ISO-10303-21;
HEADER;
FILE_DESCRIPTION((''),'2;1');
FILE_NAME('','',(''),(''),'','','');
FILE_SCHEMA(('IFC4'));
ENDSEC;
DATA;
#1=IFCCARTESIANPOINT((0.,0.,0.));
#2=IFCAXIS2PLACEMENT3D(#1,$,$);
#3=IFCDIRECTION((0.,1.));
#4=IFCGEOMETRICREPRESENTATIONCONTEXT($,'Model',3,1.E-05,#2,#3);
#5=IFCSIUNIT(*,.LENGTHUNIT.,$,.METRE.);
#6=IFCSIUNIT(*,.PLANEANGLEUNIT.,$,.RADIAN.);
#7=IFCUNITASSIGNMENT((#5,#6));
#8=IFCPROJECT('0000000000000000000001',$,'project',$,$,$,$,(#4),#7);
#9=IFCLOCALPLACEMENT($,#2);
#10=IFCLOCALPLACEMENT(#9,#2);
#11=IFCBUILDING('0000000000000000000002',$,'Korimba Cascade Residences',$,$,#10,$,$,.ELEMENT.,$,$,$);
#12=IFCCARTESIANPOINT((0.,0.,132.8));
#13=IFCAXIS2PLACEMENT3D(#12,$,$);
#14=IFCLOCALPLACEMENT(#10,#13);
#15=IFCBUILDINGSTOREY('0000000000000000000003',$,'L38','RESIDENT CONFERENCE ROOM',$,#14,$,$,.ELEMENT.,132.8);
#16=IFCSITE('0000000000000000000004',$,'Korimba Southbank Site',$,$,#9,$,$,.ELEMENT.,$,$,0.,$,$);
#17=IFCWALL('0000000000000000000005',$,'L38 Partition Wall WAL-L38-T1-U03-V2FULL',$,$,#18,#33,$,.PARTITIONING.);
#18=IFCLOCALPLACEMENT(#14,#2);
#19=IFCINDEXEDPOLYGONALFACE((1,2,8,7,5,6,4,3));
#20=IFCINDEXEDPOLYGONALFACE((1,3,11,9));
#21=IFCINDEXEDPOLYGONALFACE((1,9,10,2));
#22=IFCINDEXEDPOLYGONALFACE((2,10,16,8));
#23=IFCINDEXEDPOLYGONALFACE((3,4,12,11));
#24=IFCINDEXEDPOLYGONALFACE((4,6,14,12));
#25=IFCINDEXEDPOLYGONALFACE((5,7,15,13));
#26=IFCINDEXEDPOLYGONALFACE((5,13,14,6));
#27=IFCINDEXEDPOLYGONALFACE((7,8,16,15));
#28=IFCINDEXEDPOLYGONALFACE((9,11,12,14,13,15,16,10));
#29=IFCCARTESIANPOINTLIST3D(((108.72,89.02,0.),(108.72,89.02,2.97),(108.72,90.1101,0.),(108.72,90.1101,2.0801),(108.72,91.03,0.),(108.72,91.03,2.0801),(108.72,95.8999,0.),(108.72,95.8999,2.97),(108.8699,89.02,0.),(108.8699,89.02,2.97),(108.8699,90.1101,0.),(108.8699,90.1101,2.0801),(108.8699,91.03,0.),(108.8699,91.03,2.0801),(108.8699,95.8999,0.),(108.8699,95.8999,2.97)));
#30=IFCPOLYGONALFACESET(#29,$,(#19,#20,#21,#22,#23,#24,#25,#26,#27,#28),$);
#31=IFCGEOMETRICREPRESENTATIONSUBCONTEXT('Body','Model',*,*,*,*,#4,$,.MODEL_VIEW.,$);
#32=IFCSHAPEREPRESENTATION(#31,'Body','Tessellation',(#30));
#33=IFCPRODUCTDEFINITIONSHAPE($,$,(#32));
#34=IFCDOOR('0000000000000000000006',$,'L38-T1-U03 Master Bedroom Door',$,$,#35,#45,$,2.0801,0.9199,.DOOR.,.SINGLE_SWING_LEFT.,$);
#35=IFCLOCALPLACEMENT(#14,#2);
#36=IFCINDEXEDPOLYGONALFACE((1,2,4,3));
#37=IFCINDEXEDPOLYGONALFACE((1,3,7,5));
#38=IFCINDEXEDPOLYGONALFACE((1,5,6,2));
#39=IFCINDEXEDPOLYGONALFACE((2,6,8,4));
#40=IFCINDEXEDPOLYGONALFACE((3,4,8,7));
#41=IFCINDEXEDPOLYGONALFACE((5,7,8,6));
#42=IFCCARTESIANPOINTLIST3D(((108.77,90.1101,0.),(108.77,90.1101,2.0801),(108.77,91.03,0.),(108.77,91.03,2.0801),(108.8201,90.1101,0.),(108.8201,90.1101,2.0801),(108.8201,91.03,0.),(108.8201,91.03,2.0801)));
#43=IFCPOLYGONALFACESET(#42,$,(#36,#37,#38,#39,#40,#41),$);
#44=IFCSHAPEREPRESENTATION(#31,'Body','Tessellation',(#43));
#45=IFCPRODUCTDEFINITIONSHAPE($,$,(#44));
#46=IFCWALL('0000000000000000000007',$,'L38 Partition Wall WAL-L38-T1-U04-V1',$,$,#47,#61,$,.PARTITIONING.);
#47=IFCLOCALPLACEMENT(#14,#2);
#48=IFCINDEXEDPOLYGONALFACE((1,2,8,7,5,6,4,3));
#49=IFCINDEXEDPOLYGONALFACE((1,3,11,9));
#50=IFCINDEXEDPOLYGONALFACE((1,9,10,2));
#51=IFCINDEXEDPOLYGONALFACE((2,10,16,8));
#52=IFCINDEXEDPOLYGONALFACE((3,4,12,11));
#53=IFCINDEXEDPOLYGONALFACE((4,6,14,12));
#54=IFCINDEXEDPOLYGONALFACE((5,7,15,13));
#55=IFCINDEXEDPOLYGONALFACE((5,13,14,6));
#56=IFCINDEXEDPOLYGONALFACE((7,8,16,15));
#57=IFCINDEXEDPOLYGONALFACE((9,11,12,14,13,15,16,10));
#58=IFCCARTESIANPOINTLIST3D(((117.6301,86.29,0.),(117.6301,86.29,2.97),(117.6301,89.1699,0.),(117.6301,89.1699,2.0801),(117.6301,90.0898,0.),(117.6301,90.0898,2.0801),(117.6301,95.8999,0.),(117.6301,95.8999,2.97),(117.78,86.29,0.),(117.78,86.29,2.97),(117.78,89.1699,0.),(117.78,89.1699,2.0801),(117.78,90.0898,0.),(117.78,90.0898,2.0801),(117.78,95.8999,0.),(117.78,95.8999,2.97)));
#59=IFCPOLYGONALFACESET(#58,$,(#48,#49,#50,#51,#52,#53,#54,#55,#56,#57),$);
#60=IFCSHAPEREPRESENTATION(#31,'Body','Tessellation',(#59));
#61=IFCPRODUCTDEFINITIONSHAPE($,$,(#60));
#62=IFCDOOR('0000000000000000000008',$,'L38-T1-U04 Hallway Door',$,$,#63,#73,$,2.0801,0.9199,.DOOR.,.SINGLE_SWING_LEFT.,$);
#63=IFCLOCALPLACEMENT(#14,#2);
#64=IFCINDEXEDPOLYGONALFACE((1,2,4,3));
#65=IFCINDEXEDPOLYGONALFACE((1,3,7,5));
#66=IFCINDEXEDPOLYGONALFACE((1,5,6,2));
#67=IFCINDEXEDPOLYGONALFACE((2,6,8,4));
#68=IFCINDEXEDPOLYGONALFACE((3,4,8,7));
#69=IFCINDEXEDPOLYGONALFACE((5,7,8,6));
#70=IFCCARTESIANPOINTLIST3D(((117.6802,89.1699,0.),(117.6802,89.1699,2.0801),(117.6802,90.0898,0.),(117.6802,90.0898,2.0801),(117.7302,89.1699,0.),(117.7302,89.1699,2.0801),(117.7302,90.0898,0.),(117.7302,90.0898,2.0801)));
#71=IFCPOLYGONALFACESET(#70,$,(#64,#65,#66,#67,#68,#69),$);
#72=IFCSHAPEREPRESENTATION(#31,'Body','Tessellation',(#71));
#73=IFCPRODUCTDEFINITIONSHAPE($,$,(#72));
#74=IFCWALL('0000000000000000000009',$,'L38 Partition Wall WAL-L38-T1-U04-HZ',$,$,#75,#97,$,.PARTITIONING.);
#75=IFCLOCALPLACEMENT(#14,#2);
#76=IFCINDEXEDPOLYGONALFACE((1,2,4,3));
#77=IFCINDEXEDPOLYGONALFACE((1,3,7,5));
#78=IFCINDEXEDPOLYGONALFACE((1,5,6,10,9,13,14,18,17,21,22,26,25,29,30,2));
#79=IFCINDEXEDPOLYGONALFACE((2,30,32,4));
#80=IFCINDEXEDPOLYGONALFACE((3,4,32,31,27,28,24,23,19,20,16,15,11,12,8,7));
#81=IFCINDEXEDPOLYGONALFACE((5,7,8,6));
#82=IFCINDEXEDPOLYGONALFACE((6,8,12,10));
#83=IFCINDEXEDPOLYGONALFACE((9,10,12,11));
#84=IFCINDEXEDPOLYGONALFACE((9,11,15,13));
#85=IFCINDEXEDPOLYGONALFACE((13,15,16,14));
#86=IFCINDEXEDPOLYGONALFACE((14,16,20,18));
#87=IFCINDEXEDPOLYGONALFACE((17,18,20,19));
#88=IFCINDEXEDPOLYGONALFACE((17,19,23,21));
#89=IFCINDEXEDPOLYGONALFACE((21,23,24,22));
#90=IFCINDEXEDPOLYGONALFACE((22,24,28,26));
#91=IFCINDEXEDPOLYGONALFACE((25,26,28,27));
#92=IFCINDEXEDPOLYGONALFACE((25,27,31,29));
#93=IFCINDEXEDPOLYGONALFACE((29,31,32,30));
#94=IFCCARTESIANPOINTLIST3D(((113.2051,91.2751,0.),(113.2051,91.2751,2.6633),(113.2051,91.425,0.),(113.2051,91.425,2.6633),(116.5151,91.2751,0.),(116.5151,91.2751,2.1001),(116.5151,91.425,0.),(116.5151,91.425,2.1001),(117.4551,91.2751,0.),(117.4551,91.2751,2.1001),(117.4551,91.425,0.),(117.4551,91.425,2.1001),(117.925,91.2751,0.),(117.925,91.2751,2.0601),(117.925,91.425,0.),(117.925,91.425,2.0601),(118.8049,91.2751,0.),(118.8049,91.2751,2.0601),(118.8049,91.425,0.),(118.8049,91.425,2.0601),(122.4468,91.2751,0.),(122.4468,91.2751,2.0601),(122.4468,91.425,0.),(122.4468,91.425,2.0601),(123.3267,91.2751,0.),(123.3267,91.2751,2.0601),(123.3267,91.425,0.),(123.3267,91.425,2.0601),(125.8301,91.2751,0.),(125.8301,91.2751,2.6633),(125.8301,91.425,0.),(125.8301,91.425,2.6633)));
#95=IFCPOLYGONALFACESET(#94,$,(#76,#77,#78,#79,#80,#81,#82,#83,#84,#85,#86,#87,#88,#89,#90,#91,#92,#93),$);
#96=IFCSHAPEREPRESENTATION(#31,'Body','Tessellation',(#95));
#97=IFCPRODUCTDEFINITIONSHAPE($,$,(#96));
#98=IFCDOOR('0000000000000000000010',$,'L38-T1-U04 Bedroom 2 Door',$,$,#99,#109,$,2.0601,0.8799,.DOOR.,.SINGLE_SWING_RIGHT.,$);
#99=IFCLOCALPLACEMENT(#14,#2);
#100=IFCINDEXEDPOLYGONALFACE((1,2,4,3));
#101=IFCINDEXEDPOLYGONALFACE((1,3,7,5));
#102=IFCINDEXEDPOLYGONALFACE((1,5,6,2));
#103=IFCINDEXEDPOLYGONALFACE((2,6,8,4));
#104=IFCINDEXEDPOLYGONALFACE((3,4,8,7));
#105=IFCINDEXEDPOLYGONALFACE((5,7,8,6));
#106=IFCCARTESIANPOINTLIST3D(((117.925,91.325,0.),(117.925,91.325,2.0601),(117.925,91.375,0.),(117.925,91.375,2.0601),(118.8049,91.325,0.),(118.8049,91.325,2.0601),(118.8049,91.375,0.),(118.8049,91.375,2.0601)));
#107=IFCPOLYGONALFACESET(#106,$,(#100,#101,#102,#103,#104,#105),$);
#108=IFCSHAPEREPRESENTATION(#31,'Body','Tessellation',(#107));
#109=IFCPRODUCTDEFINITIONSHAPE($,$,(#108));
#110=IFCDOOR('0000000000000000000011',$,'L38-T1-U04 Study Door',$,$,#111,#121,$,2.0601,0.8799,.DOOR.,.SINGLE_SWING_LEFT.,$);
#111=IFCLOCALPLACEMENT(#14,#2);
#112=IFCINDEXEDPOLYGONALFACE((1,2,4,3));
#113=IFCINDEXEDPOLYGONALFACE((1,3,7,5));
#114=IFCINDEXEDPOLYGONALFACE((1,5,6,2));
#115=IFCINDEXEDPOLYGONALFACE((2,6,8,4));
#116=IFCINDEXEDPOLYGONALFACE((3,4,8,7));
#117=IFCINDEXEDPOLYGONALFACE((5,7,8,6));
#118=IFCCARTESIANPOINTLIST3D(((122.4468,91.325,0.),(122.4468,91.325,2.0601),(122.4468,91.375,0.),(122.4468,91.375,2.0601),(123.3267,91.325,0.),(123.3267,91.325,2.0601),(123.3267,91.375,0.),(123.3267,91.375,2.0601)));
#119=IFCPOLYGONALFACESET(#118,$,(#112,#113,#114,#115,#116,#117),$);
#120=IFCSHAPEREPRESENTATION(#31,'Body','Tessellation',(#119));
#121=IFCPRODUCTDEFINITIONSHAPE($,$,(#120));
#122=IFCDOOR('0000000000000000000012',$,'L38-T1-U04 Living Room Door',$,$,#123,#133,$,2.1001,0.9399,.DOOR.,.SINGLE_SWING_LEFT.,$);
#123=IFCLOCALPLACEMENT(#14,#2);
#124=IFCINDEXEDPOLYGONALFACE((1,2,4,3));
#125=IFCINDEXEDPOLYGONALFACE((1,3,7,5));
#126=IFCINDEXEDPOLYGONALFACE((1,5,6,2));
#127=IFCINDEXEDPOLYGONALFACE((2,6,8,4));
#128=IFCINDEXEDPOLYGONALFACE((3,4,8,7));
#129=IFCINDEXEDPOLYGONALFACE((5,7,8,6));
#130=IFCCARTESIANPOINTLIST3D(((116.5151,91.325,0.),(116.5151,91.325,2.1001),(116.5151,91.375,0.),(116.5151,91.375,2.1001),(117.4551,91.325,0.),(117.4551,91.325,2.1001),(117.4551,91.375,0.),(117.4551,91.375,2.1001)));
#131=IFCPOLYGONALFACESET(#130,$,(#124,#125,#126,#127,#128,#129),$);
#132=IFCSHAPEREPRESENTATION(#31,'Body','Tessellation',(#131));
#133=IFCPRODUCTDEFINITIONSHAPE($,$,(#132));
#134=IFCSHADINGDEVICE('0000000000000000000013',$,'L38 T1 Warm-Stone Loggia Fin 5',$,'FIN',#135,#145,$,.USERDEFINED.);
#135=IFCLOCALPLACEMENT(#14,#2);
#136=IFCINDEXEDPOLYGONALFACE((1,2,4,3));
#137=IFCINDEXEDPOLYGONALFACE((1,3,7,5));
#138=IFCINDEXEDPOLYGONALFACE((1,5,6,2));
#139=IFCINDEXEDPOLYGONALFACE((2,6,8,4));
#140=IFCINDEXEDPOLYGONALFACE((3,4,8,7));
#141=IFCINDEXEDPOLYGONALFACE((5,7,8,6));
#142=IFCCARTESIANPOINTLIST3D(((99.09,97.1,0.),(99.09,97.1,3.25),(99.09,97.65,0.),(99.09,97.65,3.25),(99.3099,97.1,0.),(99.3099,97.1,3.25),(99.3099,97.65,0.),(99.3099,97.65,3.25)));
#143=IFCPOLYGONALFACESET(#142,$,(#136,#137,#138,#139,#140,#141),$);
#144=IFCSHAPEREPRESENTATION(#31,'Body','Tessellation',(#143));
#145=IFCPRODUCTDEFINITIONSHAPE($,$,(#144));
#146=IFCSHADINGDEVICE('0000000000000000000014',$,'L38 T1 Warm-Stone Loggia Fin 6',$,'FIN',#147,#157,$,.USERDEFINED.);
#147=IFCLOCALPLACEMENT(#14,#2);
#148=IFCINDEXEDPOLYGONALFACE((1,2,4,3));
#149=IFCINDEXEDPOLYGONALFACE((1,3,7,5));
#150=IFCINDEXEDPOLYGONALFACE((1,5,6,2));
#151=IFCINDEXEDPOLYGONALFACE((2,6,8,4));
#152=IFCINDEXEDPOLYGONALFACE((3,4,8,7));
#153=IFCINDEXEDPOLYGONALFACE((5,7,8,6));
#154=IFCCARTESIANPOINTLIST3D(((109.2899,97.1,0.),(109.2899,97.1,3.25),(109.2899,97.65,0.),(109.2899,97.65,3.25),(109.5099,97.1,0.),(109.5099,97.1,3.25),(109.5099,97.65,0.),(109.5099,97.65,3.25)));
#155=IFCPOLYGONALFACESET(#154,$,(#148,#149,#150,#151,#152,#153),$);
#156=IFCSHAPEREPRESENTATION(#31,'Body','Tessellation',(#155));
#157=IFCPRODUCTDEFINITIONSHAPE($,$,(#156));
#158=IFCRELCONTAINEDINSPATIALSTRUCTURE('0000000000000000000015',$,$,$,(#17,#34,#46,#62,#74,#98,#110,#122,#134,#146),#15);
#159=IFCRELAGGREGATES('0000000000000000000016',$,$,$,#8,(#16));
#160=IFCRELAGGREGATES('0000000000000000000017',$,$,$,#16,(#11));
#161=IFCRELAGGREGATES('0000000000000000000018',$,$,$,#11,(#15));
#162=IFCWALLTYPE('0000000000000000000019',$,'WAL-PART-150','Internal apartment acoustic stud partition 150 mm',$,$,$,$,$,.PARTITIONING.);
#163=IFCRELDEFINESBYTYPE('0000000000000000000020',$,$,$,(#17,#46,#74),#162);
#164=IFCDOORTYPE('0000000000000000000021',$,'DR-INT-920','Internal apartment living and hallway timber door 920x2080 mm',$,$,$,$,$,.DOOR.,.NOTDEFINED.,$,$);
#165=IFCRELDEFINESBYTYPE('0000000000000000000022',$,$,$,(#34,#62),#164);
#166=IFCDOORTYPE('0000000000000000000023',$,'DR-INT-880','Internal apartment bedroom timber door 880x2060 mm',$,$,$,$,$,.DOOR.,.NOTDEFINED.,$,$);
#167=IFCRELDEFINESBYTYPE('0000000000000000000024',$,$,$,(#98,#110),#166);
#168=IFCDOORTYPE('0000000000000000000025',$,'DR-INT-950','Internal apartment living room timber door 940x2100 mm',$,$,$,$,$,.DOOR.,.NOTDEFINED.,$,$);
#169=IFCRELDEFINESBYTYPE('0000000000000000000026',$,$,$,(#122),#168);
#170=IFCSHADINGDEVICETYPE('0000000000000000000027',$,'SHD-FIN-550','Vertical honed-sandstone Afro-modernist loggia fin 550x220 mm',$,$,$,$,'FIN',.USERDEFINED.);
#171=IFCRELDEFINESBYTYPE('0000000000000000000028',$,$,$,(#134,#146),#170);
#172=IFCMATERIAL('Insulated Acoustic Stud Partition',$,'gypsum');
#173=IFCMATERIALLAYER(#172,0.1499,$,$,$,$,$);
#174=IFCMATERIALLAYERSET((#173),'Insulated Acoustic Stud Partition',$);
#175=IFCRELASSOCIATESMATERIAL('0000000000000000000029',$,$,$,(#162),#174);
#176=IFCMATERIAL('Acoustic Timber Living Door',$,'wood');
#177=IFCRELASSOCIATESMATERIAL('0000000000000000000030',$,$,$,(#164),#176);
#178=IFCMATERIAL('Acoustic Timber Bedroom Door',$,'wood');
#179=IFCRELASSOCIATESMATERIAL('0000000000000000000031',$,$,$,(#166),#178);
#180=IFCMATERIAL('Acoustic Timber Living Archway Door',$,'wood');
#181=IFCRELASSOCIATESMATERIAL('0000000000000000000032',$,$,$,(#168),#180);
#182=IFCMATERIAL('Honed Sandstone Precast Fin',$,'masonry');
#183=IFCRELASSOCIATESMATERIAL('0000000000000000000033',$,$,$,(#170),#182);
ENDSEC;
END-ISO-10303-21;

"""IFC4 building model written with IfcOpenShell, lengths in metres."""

from ifc_helpers import new_model, si_unit, direction, frame, frame_2d, origin, origin_2d, place, context, subcontext, project, spatial, rectangle, extrude, material, layer, layer_set, type_object, element, fill, save


model = new_model("IFC4")

# Units and contexts
model_context = context("Model", 3, precision=1e-05, world=origin(), true_north=direction((0.0, 1.0)))
body_context = subcontext(model_context, "Body", "Model", "MODEL_VIEW")
ifc_project = project(units=[si_unit("LENGTHUNIT", "METRE"), si_unit("PLANEANGLEUNIT", "RADIAN")], contexts=[model_context])

# Site, building, storey
site_placement = place(None, origin())
site = spatial("IfcSite", under=ifc_project, at=site_placement, Name="Korimba Southbank Site", CompositionType="ELEMENT", RefElevation=0.0)
building_placement = place(site_placement, origin())
building = spatial("IfcBuilding", under=site, at=building_placement, Name="Korimba Cascade Residences", CompositionType="ELEMENT")
storey_placement = place(building_placement, frame((0.0, 0.0, 132.8)))
storey = spatial("IfcBuildingStorey", under=building, at=storey_placement, Name="L38", Description="RESIDENT CONFERENCE ROOM", CompositionType="ELEMENT", Elevation=132.8)

# Shared definitions
ifc_material_1 = material(Name="Insulated Acoustic Stud Partition", Category="gypsum")
ifc_layer = layer(ifc_material_1, 0.1499)
ifc_layer_set = layer_set([ifc_layer], Name="Insulated Acoustic Stud Partition")
wall_type = type_object("IfcWallType", Name="WAL-PART-150", Description="Internal apartment acoustic stud partition 150 mm", PredefinedType="PARTITIONING", material=ifc_layer_set)

# Walls, openings, doors
wall_1_placement = place(storey_placement, frame((108.7949, 89.02, 0.0), z_axis=(0.0, 0.0, 1.0), x_axis=(0.0, 1.0, 0.0)))
wall_1 = element("IfcWall", 1, at=wall_1_placement, inside=storey, type_object=wall_type, Name="L38 Partition Wall WAL-L38-T1-U03-V2FULL", PredefinedType="PARTITIONING", context=body_context, shape_type="SweptSolid", body=[
    extrude(rectangle(XDim=6.8799, YDim=0.1499, at=frame_2d((3.4399, 0.0))), origin(), (0.0, 0.0, 1.0), 2.97),
])
opening_1_placement = place(wall_1_placement, frame((1.0901, 0.0, 0.0)))
opening_1 = element("IfcOpeningElement", 2, at=opening_1_placement, cuts=wall_1, PredefinedType="OPENING", context=body_context, shape_type="SweptSolid", body=[
    extrude(rectangle(XDim=0.9199, YDim=2.0801, at=frame_2d((0.46, 1.04))), frame((0.0, 0.085, 0.0), z_axis=(0.0, -1.0, 0.0), x_axis=(1.0, 0.0, 0.0)), (0.0, 0.0, 1.0), 0.1699),
])
ifc_material_2 = material(Name="Acoustic Timber Living Door", Category="wood")
door_type_1 = type_object("IfcDoorType", Name="DR-INT-920", Description="Internal apartment living and hallway timber door 920x2080 mm", OperationType="NOTDEFINED", PredefinedType="DOOR", material=ifc_material_2)
door_1_placement = place(opening_1_placement, origin())
door_1 = element("IfcDoor", 3, at=door_1_placement, inside=storey, type_object=door_type_1, Name="L38-T1-U03 Master Bedroom Door", OperationType="SINGLE_SWING_LEFT", OverallHeight=2.0801, OverallWidth=0.9199, PredefinedType="DOOR", context=body_context, shape_type="SweptSolid", body=[
    extrude(rectangle(XDim=0.9199, YDim=2.0801, at=frame_2d((0.46, 1.04))), frame((0.0, 0.0249, 0.0), z_axis=(0.0, -1.0, 0.0), x_axis=(1.0, 0.0, 0.0)), (0.0, 0.0, 1.0), 0.05),
])
fill(opening_1, door_1)
wall_2_placement = place(storey_placement, frame((117.7051, 86.29, 0.0), z_axis=(0.0, 0.0, 1.0), x_axis=(0.0, 1.0, 0.0)))
wall_2 = element("IfcWall", 4, at=wall_2_placement, inside=storey, type_object=wall_type, Name="L38 Partition Wall WAL-L38-T1-U04-V1", PredefinedType="PARTITIONING", context=body_context, shape_type="SweptSolid", body=[
    extrude(rectangle(XDim=9.6099, YDim=0.1499, at=frame_2d((4.8049, 0.0))), origin(), (0.0, 0.0, 1.0), 2.97),
])
opening_2_placement = place(wall_2_placement, frame((2.8799, 0.0, 0.0)))
opening_2 = element("IfcOpeningElement", 5, at=opening_2_placement, cuts=wall_2, PredefinedType="OPENING", context=body_context, shape_type="SweptSolid", body=[
    extrude(rectangle(XDim=0.9199, YDim=2.0801, at=frame_2d((0.46, 1.04))), frame((0.0, 0.085, 0.0), z_axis=(0.0, -1.0, 0.0), x_axis=(1.0, 0.0, 0.0)), (0.0, 0.0, 1.0), 0.1699),
])
door_2_placement = place(opening_2_placement, origin())
door_2 = element("IfcDoor", 6, at=door_2_placement, inside=storey, type_object=door_type_1, Name="L38-T1-U04 Hallway Door", OperationType="SINGLE_SWING_LEFT", OverallHeight=2.0801, OverallWidth=0.9199, PredefinedType="DOOR", context=body_context, shape_type="SweptSolid", body=[
    extrude(rectangle(XDim=0.9199, YDim=2.0801, at=frame_2d((0.46, 1.04))), frame((0.0, 0.0249, 0.0), z_axis=(0.0, -1.0, 0.0), x_axis=(1.0, 0.0, 0.0)), (0.0, 0.0, 1.0), 0.05),
])
fill(opening_2, door_2)

# Wall, openings, doors
wall_3_placement = place(storey_placement, frame((113.2051, 91.3501, 0.0), z_axis=(0.0, 0.0, 1.0), x_axis=(1.0, 0.0, 0.0)))
wall_3 = element("IfcWall", 7, at=wall_3_placement, inside=storey, type_object=wall_type, Name="L38 Partition Wall WAL-L38-T1-U04-HZ", PredefinedType="PARTITIONING", context=body_context, shape_type="SweptSolid", body=[
    extrude(rectangle(XDim=12.625, YDim=0.1499, at=frame_2d((6.3125, 0.0))), origin(), (0.0, 0.0, 1.0), 2.6633),
])
opening_3_placement = place(wall_3_placement, frame((3.3101, 0.0, 0.0)))
opening_3 = element("IfcOpeningElement", 8, at=opening_3_placement, cuts=wall_3, PredefinedType="OPENING", context=body_context, shape_type="SweptSolid", body=[
    extrude(rectangle(XDim=0.9399, YDim=2.1001, at=frame_2d((0.47, 1.05))), frame((0.0, 0.085, 0.0), z_axis=(0.0, -1.0, 0.0), x_axis=(1.0, 0.0, 0.0)), (0.0, 0.0, 1.0), 0.1699),
])
opening_4_placement = place(wall_3_placement, frame((4.72, 0.0, 0.0)))
opening_4 = element("IfcOpeningElement", 9, at=opening_4_placement, cuts=wall_3, PredefinedType="OPENING", context=body_context, shape_type="SweptSolid", body=[
    extrude(rectangle(XDim=0.8799, YDim=2.0601, at=frame_2d((0.4399, 1.03))), frame((0.0, 0.085, 0.0), z_axis=(0.0, -1.0, 0.0), x_axis=(1.0, 0.0, 0.0)), (0.0, 0.0, 1.0), 0.1699),
])
opening_5_placement = place(wall_3_placement, frame((9.2417, 0.0, 0.0)))
opening_5 = element("IfcOpeningElement", 10, at=opening_5_placement, cuts=wall_3, PredefinedType="OPENING", context=body_context, shape_type="SweptSolid", body=[
    extrude(rectangle(XDim=0.8799, YDim=2.0601, at=frame_2d((0.4399, 1.03))), frame((0.0, 0.085, 0.0), z_axis=(0.0, -1.0, 0.0), x_axis=(1.0, 0.0, 0.0)), (0.0, 0.0, 1.0), 0.1699),
])
ifc_material_3 = material(Name="Acoustic Timber Bedroom Door", Category="wood")
door_type_2 = type_object("IfcDoorType", Name="DR-INT-880", Description="Internal apartment bedroom timber door 880x2060 mm", OperationType="NOTDEFINED", PredefinedType="DOOR", material=ifc_material_3)
door_3_placement = place(opening_4_placement, origin())
door_3 = element("IfcDoor", 11, at=door_3_placement, inside=storey, type_object=door_type_2, Name="L38-T1-U04 Bedroom 2 Door", OperationType="SINGLE_SWING_RIGHT", OverallHeight=2.0601, OverallWidth=0.8799, PredefinedType="DOOR", context=body_context, shape_type="SweptSolid", body=[
    extrude(rectangle(XDim=0.8799, YDim=2.0601, at=frame_2d((0.4399, 1.03))), frame((0.0, 0.0249, 0.0), z_axis=(0.0, -1.0, 0.0), x_axis=(1.0, 0.0, 0.0)), (0.0, 0.0, 1.0), 0.05),
])
fill(opening_4, door_3)
door_4_placement = place(opening_5_placement, origin())
door_4 = element("IfcDoor", 12, at=door_4_placement, inside=storey, type_object=door_type_2, Name="L38-T1-U04 Study Door", OperationType="SINGLE_SWING_LEFT", OverallHeight=2.0601, OverallWidth=0.8799, PredefinedType="DOOR", context=body_context, shape_type="SweptSolid", body=[
    extrude(rectangle(XDim=0.8799, YDim=2.0601, at=frame_2d((0.4399, 1.03))), frame((0.0, 0.0249, 0.0), z_axis=(0.0, -1.0, 0.0), x_axis=(1.0, 0.0, 0.0)), (0.0, 0.0, 1.0), 0.05),
])
fill(opening_5, door_4)
ifc_material_4 = material(Name="Acoustic Timber Living Archway Door", Category="wood")
door_type_3 = type_object("IfcDoorType", Name="DR-INT-950", Description="Internal apartment living room timber door 940x2100 mm", OperationType="NOTDEFINED", PredefinedType="DOOR", material=ifc_material_4)
door_5_placement = place(opening_3_placement, origin())
door_5 = element("IfcDoor", 13, at=door_5_placement, inside=storey, type_object=door_type_3, Name="L38-T1-U04 Living Room Door", OperationType="SINGLE_SWING_LEFT", OverallHeight=2.1001, OverallWidth=0.9399, PredefinedType="DOOR", context=body_context, shape_type="SweptSolid", body=[
    extrude(rectangle(XDim=0.9399, YDim=2.1001, at=frame_2d((0.47, 1.05))), frame((0.0, 0.0249, 0.0), z_axis=(0.0, -1.0, 0.0), x_axis=(1.0, 0.0, 0.0)), (0.0, 0.0, 1.0), 0.05),
])
fill(opening_3, door_5)

# Shading devices
ifc_material_5 = material(Name="Honed Sandstone Precast Fin", Category="masonry")
shading_device_type = type_object("IfcShadingDeviceType", Name="SHD-FIN-550", Description="Vertical honed-sandstone Afro-modernist loggia fin 550x220 mm", ElementType="FIN", PredefinedType="USERDEFINED", material=ifc_material_5)
for number, where, z_axis, x_axis, name in (
    (14, (99.2, 97.375, 0.0), (0.0, 0.0, 1.0), (1.0, 0.0, 0.0), "L38 T1 Warm-Stone Loggia Fin 5"),
    (15, (109.3999, 97.375, 0.0), (0.0, 0.0, 1.0), (1.0, 0.0, 0.0), "L38 T1 Warm-Stone Loggia Fin 6"),
):
    element("IfcShadingDevice", number, at=place(storey_placement, frame(where, z_axis=z_axis, x_axis=x_axis)), inside=storey, type_object=shading_device_type, Name=name, ObjectType="FIN", PredefinedType="USERDEFINED", context=body_context, shape_type="SweptSolid", body=[
        extrude(rectangle(XDim=0.22, YDim=0.55, at=origin_2d()), origin(), (0.0, 0.0, 1.0), 3.25),
    ])

save(model, "model.ifc")
